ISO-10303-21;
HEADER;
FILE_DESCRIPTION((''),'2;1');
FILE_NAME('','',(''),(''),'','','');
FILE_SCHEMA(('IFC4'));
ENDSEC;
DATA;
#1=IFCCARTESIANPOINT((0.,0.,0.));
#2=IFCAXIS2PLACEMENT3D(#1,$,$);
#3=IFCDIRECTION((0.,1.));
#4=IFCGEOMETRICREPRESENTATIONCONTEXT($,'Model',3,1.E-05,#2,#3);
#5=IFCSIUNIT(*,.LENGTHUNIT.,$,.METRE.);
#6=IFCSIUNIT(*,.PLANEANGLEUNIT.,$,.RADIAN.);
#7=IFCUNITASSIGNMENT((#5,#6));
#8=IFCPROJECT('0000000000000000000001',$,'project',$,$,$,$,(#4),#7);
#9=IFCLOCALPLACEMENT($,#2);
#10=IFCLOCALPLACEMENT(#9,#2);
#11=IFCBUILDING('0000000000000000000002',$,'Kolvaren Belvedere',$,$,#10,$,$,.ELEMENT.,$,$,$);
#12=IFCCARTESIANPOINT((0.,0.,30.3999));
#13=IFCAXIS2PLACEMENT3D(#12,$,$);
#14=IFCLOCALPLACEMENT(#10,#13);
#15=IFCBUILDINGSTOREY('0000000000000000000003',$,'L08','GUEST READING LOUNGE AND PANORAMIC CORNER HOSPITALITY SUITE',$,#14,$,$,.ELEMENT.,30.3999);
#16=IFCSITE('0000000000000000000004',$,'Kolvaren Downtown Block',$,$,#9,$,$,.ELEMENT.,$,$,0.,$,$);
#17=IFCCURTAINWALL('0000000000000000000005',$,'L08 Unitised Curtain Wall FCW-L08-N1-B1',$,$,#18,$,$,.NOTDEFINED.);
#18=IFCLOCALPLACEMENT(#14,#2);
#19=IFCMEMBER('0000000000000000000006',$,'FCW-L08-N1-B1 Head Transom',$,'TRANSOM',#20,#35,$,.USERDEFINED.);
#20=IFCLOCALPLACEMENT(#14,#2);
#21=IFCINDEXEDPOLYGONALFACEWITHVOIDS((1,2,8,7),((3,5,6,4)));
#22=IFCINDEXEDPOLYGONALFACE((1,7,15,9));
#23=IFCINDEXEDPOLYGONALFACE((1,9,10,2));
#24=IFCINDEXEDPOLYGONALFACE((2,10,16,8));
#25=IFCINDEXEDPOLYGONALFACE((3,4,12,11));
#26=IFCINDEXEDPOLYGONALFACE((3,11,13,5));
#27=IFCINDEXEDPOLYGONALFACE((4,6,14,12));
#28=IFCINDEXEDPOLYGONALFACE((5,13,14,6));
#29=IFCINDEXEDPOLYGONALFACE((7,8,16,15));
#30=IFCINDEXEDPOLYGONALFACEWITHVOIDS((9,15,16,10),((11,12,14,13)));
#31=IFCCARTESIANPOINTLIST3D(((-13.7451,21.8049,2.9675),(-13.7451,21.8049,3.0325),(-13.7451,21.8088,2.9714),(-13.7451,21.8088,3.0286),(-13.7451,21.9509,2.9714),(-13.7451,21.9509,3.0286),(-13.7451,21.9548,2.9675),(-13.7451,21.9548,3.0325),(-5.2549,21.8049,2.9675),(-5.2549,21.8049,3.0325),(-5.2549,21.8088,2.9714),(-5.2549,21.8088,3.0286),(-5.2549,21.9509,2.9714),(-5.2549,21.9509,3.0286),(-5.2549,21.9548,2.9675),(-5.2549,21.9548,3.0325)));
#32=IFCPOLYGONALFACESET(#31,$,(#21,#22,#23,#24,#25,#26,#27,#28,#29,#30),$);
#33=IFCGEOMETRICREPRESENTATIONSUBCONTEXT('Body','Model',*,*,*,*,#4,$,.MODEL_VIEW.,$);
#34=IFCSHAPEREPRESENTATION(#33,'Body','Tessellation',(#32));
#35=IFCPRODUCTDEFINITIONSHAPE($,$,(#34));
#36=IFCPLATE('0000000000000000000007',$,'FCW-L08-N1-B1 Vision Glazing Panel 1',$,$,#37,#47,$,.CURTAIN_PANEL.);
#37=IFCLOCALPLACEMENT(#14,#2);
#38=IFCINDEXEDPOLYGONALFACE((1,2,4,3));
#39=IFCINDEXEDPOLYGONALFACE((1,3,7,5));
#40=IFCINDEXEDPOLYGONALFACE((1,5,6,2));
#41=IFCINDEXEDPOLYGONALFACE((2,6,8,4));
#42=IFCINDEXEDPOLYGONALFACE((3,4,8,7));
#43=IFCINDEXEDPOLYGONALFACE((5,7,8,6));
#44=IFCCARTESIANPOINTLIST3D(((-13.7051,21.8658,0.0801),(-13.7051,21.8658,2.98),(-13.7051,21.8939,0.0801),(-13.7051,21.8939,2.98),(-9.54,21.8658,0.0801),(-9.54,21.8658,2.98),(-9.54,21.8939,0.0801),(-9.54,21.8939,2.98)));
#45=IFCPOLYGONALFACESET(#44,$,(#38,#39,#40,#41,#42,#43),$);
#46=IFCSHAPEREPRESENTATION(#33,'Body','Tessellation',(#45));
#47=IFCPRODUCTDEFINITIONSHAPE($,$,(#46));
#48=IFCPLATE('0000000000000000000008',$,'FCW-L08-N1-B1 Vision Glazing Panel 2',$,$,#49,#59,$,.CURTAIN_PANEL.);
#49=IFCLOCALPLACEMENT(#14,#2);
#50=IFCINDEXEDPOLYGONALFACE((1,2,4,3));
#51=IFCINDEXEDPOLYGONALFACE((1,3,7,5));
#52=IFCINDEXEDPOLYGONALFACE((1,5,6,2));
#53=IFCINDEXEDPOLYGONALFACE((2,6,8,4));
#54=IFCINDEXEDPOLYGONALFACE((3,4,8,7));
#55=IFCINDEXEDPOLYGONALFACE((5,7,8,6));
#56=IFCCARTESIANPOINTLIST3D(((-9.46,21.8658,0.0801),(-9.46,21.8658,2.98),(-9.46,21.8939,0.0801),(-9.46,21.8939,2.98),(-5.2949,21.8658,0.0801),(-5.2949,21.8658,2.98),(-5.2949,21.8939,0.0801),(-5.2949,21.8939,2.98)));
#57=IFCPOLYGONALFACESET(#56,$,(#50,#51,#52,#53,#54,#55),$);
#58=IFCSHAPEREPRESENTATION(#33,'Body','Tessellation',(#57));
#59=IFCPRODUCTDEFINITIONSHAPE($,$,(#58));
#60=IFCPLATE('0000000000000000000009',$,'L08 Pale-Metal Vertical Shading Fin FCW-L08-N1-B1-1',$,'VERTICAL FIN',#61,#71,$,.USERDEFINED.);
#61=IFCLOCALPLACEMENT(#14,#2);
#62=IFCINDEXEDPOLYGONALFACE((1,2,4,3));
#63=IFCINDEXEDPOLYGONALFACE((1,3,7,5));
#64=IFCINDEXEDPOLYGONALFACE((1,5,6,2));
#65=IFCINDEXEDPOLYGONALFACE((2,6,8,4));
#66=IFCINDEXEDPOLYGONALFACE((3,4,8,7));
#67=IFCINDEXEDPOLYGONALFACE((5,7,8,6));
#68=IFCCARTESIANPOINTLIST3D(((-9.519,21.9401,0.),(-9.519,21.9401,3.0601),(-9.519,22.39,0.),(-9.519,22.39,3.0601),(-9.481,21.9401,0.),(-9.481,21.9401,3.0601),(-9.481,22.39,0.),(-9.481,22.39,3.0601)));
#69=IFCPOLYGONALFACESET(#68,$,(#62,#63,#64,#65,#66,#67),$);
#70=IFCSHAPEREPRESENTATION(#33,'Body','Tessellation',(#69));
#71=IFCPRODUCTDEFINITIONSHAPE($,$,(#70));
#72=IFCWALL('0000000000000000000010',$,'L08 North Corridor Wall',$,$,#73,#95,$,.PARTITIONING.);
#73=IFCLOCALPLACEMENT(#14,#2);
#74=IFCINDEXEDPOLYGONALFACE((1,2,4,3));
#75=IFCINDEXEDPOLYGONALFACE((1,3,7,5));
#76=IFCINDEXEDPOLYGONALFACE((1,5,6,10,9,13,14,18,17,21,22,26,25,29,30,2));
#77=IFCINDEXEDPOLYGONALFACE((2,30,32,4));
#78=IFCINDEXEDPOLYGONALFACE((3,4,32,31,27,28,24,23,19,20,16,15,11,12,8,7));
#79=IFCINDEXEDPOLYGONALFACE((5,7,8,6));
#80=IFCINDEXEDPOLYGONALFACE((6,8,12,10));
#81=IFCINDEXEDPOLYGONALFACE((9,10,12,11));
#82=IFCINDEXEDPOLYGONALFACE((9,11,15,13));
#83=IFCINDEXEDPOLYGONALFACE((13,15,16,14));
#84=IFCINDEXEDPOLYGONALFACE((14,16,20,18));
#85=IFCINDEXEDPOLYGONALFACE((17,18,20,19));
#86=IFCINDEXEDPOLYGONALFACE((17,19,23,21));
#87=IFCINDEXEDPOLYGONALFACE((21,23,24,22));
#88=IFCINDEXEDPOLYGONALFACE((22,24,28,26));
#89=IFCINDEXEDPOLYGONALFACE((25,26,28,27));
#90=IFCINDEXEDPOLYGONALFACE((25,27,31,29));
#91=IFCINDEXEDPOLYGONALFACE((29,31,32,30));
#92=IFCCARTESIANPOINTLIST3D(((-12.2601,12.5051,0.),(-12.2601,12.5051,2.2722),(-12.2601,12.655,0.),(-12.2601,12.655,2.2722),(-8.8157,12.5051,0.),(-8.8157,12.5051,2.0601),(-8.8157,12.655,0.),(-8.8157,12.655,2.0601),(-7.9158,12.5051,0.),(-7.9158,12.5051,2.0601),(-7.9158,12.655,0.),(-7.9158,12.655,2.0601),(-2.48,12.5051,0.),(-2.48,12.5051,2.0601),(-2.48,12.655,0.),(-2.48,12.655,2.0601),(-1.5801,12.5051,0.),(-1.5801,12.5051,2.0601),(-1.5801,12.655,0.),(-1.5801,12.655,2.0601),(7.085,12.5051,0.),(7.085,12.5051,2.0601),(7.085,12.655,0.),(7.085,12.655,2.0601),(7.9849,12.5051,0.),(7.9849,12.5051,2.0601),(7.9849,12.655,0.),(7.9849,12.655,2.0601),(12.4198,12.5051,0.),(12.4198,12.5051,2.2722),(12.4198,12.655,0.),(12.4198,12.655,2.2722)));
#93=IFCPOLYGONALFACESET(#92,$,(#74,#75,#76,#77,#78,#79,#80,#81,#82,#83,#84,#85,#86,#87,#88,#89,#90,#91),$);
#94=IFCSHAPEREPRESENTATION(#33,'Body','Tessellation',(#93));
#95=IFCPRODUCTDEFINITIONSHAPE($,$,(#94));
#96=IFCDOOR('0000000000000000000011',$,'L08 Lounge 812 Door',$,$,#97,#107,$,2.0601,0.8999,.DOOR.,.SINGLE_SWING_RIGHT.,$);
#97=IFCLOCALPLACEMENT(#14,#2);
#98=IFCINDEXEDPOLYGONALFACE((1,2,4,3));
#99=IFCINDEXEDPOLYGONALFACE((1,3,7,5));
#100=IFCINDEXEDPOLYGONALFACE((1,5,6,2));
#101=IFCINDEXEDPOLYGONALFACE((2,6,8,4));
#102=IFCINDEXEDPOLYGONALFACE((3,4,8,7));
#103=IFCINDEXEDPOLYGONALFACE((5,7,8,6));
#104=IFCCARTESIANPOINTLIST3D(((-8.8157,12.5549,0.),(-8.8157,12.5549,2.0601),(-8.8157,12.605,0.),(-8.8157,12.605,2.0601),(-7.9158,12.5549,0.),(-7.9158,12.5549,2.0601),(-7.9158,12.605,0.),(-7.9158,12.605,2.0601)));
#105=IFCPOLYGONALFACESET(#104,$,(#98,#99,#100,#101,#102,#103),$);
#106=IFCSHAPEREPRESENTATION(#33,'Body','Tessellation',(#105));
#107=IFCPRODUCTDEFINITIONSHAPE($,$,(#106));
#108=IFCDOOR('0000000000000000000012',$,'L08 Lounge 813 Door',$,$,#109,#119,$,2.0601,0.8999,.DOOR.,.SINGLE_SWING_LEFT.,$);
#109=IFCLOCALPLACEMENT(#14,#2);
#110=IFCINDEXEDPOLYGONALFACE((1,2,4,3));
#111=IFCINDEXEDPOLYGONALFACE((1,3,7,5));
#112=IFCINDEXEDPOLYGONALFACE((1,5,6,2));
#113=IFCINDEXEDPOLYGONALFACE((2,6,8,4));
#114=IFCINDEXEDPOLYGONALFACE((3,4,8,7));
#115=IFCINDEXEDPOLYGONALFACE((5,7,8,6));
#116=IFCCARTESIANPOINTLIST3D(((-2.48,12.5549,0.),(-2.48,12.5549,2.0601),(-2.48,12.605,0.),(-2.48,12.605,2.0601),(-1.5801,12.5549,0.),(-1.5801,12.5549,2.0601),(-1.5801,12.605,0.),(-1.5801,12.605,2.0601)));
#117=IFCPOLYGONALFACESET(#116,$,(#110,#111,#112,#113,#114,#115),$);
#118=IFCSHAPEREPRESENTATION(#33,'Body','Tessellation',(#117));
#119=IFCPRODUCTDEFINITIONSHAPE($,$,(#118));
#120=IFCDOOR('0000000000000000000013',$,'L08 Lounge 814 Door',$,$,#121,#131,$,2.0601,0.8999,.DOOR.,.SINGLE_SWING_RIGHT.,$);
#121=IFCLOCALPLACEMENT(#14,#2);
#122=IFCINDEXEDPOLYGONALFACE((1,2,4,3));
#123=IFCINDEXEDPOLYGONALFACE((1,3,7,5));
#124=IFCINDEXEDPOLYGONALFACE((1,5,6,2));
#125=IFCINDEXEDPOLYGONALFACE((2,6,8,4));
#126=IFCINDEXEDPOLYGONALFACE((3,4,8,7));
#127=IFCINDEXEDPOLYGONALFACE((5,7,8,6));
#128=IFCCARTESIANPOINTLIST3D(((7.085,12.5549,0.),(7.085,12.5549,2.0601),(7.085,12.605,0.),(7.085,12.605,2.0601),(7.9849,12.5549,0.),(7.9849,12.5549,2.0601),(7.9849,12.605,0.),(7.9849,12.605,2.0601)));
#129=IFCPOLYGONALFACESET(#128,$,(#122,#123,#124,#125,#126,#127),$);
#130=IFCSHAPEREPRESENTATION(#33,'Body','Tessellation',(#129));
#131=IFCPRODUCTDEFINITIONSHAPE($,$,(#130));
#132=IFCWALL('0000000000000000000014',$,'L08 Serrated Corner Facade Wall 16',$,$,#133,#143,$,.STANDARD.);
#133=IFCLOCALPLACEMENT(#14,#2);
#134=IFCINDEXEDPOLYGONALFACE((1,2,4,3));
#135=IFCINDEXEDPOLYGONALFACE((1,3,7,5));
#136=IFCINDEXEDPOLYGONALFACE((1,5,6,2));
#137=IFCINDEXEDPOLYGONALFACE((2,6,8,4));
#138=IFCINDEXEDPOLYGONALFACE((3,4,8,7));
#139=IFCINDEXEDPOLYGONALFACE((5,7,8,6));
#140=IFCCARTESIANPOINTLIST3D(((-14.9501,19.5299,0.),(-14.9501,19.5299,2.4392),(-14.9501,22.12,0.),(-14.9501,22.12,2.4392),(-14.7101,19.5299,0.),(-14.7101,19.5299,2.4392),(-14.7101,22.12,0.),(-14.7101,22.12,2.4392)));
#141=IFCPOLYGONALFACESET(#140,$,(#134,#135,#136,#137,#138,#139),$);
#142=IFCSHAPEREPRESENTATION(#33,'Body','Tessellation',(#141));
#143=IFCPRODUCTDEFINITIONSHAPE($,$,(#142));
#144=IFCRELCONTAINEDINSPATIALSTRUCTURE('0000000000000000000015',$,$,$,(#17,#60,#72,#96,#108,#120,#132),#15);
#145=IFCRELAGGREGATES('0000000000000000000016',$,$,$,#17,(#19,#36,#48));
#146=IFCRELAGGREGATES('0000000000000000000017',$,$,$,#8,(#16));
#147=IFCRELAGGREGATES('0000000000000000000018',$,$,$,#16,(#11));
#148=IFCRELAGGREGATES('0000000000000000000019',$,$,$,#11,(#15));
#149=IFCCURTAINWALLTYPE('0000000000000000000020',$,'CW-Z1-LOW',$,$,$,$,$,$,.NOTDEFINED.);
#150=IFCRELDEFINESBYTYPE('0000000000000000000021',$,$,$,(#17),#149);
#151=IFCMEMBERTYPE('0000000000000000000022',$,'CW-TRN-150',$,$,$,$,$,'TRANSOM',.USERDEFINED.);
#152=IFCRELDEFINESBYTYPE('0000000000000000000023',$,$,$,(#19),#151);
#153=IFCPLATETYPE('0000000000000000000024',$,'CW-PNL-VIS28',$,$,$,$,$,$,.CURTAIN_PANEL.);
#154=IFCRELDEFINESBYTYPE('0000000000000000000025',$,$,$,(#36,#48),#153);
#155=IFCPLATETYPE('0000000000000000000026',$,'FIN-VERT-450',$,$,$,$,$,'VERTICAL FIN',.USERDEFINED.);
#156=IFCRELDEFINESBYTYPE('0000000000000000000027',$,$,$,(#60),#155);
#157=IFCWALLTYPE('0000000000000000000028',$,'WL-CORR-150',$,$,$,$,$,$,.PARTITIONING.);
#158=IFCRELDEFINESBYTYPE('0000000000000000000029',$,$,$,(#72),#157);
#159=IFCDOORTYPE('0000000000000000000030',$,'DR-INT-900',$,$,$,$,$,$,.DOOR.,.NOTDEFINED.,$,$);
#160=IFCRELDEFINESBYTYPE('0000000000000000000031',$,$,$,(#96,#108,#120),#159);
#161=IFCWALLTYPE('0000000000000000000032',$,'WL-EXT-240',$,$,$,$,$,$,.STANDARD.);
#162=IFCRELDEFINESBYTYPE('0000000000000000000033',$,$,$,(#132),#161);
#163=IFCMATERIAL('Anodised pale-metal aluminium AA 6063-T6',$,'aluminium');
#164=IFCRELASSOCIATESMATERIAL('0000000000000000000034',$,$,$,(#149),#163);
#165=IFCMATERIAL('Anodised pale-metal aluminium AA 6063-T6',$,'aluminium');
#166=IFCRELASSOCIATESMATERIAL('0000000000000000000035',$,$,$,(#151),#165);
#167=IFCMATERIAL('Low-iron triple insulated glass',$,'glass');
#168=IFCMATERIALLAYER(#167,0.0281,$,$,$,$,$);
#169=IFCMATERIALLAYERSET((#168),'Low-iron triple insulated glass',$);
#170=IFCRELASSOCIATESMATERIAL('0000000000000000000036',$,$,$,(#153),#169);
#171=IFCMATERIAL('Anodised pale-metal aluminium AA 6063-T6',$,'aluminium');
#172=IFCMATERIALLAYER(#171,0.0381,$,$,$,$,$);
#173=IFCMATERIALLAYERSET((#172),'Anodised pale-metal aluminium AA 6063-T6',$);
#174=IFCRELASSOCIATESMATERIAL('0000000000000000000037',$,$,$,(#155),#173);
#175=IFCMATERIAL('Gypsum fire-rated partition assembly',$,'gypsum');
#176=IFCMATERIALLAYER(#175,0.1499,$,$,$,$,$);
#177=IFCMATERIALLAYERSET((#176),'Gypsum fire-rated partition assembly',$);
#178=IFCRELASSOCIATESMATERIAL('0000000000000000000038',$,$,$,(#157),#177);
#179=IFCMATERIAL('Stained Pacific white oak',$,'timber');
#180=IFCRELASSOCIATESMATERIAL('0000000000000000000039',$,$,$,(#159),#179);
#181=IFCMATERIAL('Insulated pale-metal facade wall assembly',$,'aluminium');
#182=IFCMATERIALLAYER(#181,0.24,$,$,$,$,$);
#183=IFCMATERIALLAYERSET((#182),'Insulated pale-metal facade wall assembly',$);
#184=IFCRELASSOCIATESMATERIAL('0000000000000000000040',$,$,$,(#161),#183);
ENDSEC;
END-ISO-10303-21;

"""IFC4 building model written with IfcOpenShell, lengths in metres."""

from ifc_helpers import new_model, si_unit, direction, frame, frame_2d, origin, origin_2d, place, context, subcontext, project, spatial, rectangle, hollow_rectangle, extrude, material, layer, layer_set, material_profile, profile_set, type_object, element, fill, aggregate, save


model = new_model("IFC4")

# Units and contexts
model_context = context("Model", 3, precision=1e-05, world=origin(), true_north=direction((0.0, 1.0)))
body_context = subcontext(model_context, "Body", "Model", "MODEL_VIEW")
ifc_project = project(units=[si_unit("LENGTHUNIT", "METRE"), si_unit("PLANEANGLEUNIT", "RADIAN")], contexts=[model_context])

# Site, building, storey
site_placement = place(None, origin())
site = spatial("IfcSite", under=ifc_project, at=site_placement, Name="Kolvaren Downtown Block", CompositionType="ELEMENT", RefElevation=0.0)
building_placement = place(site_placement, origin())
building = spatial("IfcBuilding", under=site, at=building_placement, Name="Kolvaren Belvedere", CompositionType="ELEMENT")
storey_placement = place(building_placement, frame((0.0, 0.0, 30.3999)))
storey = spatial("IfcBuildingStorey", under=building, at=storey_placement, Name="L08", Description="GUEST READING LOUNGE AND PANORAMIC CORNER HOSPITALITY SUITE", CompositionType="ELEMENT", Elevation=30.3999)

# Curtain wall
ifc_material_1 = material(Name="Anodised pale-metal aluminium AA 6063-T6", Category="aluminium")
curtain_wall_type = type_object("IfcCurtainWallType", Name="CW-Z1-LOW", PredefinedType="NOTDEFINED", material=ifc_material_1)
curtain_wall_1_placement = place(storey_placement, origin())
curtain_wall_1 = element("IfcCurtainWall", 1, at=curtain_wall_1_placement, inside=storey, type_object=curtain_wall_type, Name="L08 Unitised Curtain Wall FCW-L08-N1-B1", PredefinedType="NOTDEFINED")

# Member
ifc_material_2 = material(Name="Anodised pale-metal aluminium AA 6063-T6", Category="aluminium")
ifc_material_profile_1 = material_profile(ifc_material_2, hollow_rectangle(XDim=0.0649, YDim=0.1499, WallThickness=0.0039, at=origin_2d()), Name="ALU-TRN-150X65")
ifc_profile_set_1 = profile_set([ifc_material_profile_1], Name="Anodised pale-metal aluminium AA 6063-T6")
member_type_1 = type_object("IfcMemberType", Name="CW-TRN-150", ElementType="TRANSOM", PredefinedType="USERDEFINED", material=ifc_profile_set_1)
member_1_placement = place(storey_placement, frame((-13.7451, 21.8799, 3.0), z_axis=(1.0, 0.0, 0.0), x_axis=(0.0, 0.0, 1.0)))
member_1 = element("IfcMember", 2, at=member_1_placement, type_object=member_type_1, Name="FCW-L08-N1-B1 Head Transom", ObjectType="TRANSOM", PredefinedType="USERDEFINED", context=body_context, shape_type="SweptSolid", body=[
    extrude(hollow_rectangle(XDim=0.0649, YDim=0.1499, WallThickness=0.0039, at=origin_2d()), origin(), (0.0, 0.0, 1.0), 8.4902),
])

# Plates
ifc_material_3 = material(Name="Low-iron triple insulated glass", Category="glass")
ifc_layer_1 = layer(ifc_material_3, 0.0281)
ifc_layer_set_1 = layer_set([ifc_layer_1], Name="Low-iron triple insulated glass")
plate_type_1 = type_object("IfcPlateType", Name="CW-PNL-VIS28", PredefinedType="CURTAIN_PANEL", material=ifc_layer_set_1)
plate_1_placement = place(storey_placement, frame((-11.6226, 21.8799, 0.0801), z_axis=(0.0, 0.0, 1.0), x_axis=(1.0, 0.0, 0.0)))
plate_1 = element("IfcPlate", 3, at=plate_1_placement, type_object=plate_type_1, Name="FCW-L08-N1-B1 Vision Glazing Panel 1", PredefinedType="CURTAIN_PANEL", context=body_context, shape_type="SweptSolid", body=[
    extrude(rectangle(XDim=4.165, YDim=0.0281, at=origin_2d()), origin(), (0.0, 0.0, 1.0), 2.8999),
])
plate_2_placement = place(storey_placement, frame((-7.3774, 21.8799, 0.0801), z_axis=(0.0, 0.0, 1.0), x_axis=(1.0, 0.0, 0.0)))
plate_2 = element("IfcPlate", 4, at=plate_2_placement, type_object=plate_type_1, Name="FCW-L08-N1-B1 Vision Glazing Panel 2", PredefinedType="CURTAIN_PANEL", context=body_context, shape_type="SweptSolid", body=[
    extrude(rectangle(XDim=4.165, YDim=0.0281, at=origin_2d()), origin(), (0.0, 0.0, 1.0), 2.8999),
])
aggregate(curtain_wall_1, [member_1, plate_1, plate_2])
ifc_material_4 = material(Name="Anodised pale-metal aluminium AA 6063-T6", Category="aluminium")
ifc_layer_2 = layer(ifc_material_4, 0.0381)
ifc_layer_set_2 = layer_set([ifc_layer_2], Name="Anodised pale-metal aluminium AA 6063-T6")
plate_type_2 = type_object("IfcPlateType", Name="FIN-VERT-450", ElementType="VERTICAL FIN", PredefinedType="USERDEFINED", material=ifc_layer_set_2)
plate_3_placement = place(storey_placement, frame((-9.5, 22.165, 0.0), z_axis=(0.0, 0.0, 1.0), x_axis=(0.0, 1.0, 0.0)))
element("IfcPlate", 5, at=plate_3_placement, inside=storey, type_object=plate_type_2, Name="L08 Pale-Metal Vertical Shading Fin FCW-L08-N1-B1-1", ObjectType="VERTICAL FIN", PredefinedType="USERDEFINED", context=body_context, shape_type="SweptSolid", body=[
    extrude(rectangle(XDim=0.45, YDim=0.0381, at=origin_2d()), origin(), (0.0, 0.0, 1.0), 3.0601),
])

# Wall, openings, doors
ifc_material_5 = material(Name="Gypsum fire-rated partition assembly", Category="gypsum")
ifc_layer_3 = layer(ifc_material_5, 0.1499)
ifc_layer_set_3 = layer_set([ifc_layer_3], Name="Gypsum fire-rated partition assembly")
wall_type_1 = type_object("IfcWallType", Name="WL-CORR-150", PredefinedType="PARTITIONING", material=ifc_layer_set_3)
wall_1_placement = place(storey_placement, frame((-12.26, 12.5801, 0.0), z_axis=(0.0, 0.0, 1.0), x_axis=(1.0, 0.0, 0.0)))
wall_1 = element("IfcWall", 6, at=wall_1_placement, inside=storey, type_object=wall_type_1, Name="L08 North Corridor Wall", PredefinedType="PARTITIONING", context=body_context, shape_type="SweptSolid", body=[
    extrude(rectangle(XDim=24.6799, YDim=0.1499, at=frame_2d((12.3398, 0.0))), origin(), (0.0, 0.0, 1.0), 2.2722),
])
opening_1_placement = place(wall_1_placement, frame((3.4443, 0.0, 0.0)))
opening_1 = element("IfcOpeningElement", 7, at=opening_1_placement, cuts=wall_1, PredefinedType="OPENING", context=body_context, shape_type="SweptSolid", body=[
    extrude(rectangle(XDim=0.8999, YDim=2.0601, at=frame_2d((0.45, 1.03))), frame((0.0, 0.085, 0.0), z_axis=(0.0, -1.0, 0.0), x_axis=(1.0, 0.0, 0.0)), (0.0, 0.0, 1.0), 0.1699),
])
opening_2_placement = place(wall_1_placement, frame((9.78, 0.0, 0.0)))
opening_2 = element("IfcOpeningElement", 8, at=opening_2_placement, cuts=wall_1, PredefinedType="OPENING", context=body_context, shape_type="SweptSolid", body=[
    extrude(rectangle(XDim=0.8999, YDim=2.0601, at=frame_2d((0.45, 1.03))), frame((0.0, 0.085, 0.0), z_axis=(0.0, -1.0, 0.0), x_axis=(1.0, 0.0, 0.0)), (0.0, 0.0, 1.0), 0.1699),
])
opening_3_placement = place(wall_1_placement, frame((19.345, 0.0, 0.0)))
opening_3 = element("IfcOpeningElement", 9, at=opening_3_placement, cuts=wall_1, PredefinedType="OPENING", context=body_context, shape_type="SweptSolid", body=[
    extrude(rectangle(XDim=0.8999, YDim=2.0601, at=frame_2d((0.45, 1.03))), frame((0.0, 0.085, 0.0), z_axis=(0.0, -1.0, 0.0), x_axis=(1.0, 0.0, 0.0)), (0.0, 0.0, 1.0), 0.1699),
])
ifc_material_6 = material(Name="Stained Pacific white oak", Category="timber")
door_type = type_object("IfcDoorType", Name="DR-INT-900", OperationType="NOTDEFINED", PredefinedType="DOOR", material=ifc_material_6)
door_1_placement = place(opening_1_placement, origin())
door_1 = element("IfcDoor", 10, at=door_1_placement, inside=storey, type_object=door_type, Name="L08 Lounge 812 Door", OperationType="SINGLE_SWING_RIGHT", OverallHeight=2.0601, OverallWidth=0.8999, PredefinedType="DOOR", context=body_context, shape_type="SweptSolid", body=[
    extrude(rectangle(XDim=0.8999, YDim=2.0601, at=frame_2d((0.45, 1.03))), frame((0.0, 0.0249, 0.0), z_axis=(0.0, -1.0, 0.0), x_axis=(1.0, 0.0, 0.0)), (0.0, 0.0, 1.0), 0.05),
])
fill(opening_1, door_1)
door_2_placement = place(opening_2_placement, origin())
door_2 = element("IfcDoor", 11, at=door_2_placement, inside=storey, type_object=door_type, Name="L08 Lounge 813 Door", OperationType="SINGLE_SWING_LEFT", OverallHeight=2.0601, OverallWidth=0.8999, PredefinedType="DOOR", context=body_context, shape_type="SweptSolid", body=[
    extrude(rectangle(XDim=0.8999, YDim=2.0601, at=frame_2d((0.45, 1.03))), frame((0.0, 0.0249, 0.0), z_axis=(0.0, -1.0, 0.0), x_axis=(1.0, 0.0, 0.0)), (0.0, 0.0, 1.0), 0.05),
])
fill(opening_2, door_2)
door_3_placement = place(opening_3_placement, origin())
door_3 = element("IfcDoor", 12, at=door_3_placement, inside=storey, type_object=door_type, Name="L08 Lounge 814 Door", OperationType="SINGLE_SWING_RIGHT", OverallHeight=2.0601, OverallWidth=0.8999, PredefinedType="DOOR", context=body_context, shape_type="SweptSolid", body=[
    extrude(rectangle(XDim=0.8999, YDim=2.0601, at=frame_2d((0.45, 1.03))), frame((0.0, 0.0249, 0.0), z_axis=(0.0, -1.0, 0.0), x_axis=(1.0, 0.0, 0.0)), (0.0, 0.0, 1.0), 0.05),
])
fill(opening_3, door_3)

# Wall
ifc_material_7 = material(Name="Insulated pale-metal facade wall assembly", Category="aluminium")
ifc_layer_4 = layer(ifc_material_7, 0.24)
ifc_layer_set_4 = layer_set([ifc_layer_4], Name="Insulated pale-metal facade wall assembly")
wall_type_2 = type_object("IfcWallType", Name="WL-EXT-240", PredefinedType="STANDARD", material=ifc_layer_set_4)
wall_2_placement = place(storey_placement, frame((-14.8301, 19.53, 0.0), z_axis=(0.0, 0.0, 1.0), x_axis=(0.0, 1.0, 0.0)))
element("IfcWall", 13, at=wall_2_placement, inside=storey, type_object=wall_type_2, Name="L08 Serrated Corner Facade Wall 16", PredefinedType="STANDARD", context=body_context, shape_type="SweptSolid", body=[
    extrude(rectangle(XDim=2.5901, YDim=0.24, at=frame_2d((1.2949, 0.0))), origin(), (0.0, 0.0, 1.0), 2.4392),
])

save(model, "model.ifc")
